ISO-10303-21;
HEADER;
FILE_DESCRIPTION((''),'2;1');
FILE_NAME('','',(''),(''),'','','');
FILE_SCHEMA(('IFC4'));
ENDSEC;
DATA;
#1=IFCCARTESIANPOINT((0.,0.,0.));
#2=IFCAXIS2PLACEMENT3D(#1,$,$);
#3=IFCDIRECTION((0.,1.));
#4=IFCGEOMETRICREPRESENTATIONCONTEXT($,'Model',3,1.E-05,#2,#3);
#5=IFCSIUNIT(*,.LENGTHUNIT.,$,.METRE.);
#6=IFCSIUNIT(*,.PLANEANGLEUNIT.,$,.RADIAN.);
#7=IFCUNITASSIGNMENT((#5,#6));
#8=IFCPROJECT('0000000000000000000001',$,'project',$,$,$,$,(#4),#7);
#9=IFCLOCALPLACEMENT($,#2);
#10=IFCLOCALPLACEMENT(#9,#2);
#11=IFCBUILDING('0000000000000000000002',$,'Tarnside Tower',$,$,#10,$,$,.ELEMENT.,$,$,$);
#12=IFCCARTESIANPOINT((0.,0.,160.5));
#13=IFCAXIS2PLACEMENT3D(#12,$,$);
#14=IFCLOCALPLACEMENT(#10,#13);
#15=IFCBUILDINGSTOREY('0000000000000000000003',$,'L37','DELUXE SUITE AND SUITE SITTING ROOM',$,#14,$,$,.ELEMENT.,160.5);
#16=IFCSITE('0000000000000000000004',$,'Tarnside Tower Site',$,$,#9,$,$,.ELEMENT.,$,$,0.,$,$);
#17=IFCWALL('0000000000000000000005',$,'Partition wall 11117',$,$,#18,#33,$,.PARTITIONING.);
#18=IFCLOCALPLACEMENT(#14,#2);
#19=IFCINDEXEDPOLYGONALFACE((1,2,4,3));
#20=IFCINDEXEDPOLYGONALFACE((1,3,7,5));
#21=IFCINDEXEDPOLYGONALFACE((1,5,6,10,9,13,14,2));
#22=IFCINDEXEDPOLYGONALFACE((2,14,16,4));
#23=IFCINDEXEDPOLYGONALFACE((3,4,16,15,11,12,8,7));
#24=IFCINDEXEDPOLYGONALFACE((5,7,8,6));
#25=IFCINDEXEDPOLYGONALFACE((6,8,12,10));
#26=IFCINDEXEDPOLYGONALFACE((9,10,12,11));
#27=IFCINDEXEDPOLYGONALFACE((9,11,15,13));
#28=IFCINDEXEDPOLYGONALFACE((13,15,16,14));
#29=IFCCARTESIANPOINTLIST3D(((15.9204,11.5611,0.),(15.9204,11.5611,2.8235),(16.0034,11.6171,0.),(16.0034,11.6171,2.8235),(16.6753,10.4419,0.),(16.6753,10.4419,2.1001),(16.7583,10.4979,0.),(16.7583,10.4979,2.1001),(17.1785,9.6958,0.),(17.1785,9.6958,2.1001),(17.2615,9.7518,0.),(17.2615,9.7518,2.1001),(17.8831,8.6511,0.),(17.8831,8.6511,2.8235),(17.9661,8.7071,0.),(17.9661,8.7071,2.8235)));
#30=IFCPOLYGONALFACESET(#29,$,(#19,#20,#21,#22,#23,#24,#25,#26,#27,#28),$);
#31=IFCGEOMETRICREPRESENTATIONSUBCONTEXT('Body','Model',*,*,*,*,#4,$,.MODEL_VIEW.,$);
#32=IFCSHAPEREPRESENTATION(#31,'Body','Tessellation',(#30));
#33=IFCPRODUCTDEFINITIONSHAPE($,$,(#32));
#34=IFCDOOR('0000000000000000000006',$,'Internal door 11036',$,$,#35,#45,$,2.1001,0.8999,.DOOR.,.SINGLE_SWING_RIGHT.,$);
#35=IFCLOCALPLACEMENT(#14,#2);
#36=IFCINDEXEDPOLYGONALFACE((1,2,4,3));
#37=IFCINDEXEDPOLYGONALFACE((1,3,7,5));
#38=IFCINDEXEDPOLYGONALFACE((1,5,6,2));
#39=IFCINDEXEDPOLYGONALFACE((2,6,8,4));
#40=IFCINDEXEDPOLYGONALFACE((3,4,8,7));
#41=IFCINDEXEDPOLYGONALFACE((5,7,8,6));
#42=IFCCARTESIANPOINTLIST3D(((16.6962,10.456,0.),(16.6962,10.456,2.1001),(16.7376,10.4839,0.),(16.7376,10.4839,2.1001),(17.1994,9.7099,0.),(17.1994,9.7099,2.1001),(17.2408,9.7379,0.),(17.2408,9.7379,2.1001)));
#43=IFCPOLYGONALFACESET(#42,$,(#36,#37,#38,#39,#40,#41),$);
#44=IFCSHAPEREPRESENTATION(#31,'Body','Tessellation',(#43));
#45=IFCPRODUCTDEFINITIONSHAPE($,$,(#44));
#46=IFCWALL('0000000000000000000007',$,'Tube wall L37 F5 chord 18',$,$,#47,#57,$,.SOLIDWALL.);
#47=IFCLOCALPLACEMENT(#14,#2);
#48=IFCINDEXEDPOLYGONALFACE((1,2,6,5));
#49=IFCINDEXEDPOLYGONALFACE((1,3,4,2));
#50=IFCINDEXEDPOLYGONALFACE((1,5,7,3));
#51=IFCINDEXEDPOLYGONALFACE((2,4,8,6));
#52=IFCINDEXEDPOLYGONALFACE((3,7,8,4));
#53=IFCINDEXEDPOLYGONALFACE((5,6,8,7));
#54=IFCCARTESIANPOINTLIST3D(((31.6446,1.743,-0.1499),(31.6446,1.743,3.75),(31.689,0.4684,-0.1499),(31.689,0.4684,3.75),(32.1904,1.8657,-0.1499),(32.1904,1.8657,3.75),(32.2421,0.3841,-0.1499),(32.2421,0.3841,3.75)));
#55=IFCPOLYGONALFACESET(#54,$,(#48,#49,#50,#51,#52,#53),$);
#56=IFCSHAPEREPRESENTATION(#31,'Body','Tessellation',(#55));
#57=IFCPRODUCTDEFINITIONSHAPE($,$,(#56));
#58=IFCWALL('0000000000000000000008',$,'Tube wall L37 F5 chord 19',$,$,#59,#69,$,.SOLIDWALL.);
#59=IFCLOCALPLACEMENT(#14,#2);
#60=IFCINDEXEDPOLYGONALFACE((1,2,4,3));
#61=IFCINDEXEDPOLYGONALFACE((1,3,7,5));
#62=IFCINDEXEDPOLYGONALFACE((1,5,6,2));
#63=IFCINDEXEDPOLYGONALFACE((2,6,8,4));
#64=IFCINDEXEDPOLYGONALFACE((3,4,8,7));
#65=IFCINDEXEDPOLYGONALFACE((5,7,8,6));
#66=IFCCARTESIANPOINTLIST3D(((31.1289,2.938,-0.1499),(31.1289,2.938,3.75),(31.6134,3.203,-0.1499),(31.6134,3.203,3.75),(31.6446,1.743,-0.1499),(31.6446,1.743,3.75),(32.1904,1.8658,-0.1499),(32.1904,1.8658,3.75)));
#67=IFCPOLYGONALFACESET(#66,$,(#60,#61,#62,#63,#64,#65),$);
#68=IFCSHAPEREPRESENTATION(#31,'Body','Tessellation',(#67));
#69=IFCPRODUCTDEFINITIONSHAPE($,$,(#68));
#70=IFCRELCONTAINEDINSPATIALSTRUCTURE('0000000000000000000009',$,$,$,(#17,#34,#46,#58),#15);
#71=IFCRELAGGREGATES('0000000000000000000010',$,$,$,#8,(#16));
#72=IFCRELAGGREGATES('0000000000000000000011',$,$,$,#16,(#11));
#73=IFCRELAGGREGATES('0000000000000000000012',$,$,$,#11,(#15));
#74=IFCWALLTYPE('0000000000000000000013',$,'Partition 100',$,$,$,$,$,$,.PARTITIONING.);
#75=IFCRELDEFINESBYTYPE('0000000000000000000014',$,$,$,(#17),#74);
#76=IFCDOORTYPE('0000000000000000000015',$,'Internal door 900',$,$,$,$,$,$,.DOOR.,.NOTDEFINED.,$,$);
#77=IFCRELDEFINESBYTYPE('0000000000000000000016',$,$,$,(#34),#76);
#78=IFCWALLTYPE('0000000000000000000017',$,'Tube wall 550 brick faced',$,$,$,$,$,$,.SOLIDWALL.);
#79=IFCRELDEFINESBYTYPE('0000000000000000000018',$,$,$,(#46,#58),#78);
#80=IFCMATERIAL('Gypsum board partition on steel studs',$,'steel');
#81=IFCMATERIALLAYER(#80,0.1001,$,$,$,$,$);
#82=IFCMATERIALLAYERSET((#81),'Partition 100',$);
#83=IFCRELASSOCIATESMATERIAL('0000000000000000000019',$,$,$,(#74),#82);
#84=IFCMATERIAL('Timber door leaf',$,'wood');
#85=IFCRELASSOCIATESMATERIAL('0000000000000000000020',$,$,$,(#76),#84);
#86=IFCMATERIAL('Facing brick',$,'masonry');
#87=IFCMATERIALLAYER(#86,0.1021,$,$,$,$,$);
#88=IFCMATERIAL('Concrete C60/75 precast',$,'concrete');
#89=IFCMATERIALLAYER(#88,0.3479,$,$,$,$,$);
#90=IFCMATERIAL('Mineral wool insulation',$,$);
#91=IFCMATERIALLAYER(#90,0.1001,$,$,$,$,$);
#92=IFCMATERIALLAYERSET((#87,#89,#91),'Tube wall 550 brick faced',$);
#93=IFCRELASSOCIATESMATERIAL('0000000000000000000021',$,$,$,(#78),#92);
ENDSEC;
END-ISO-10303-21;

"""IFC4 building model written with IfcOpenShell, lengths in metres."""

from ifc_helpers import new_model, si_unit, direction, frame, frame_2d, origin, place, context, subcontext, project, spatial, polyline, rectangle, outline, extrude, material, layer, layer_set, type_object, element, fill, save


model = new_model("IFC4")

# Units and contexts
model_context = context("Model", 3, precision=1e-05, world=origin(), true_north=direction((0.0, 1.0)))
body_context = subcontext(model_context, "Body", "Model", "MODEL_VIEW")
ifc_project = project(units=[si_unit("LENGTHUNIT", "METRE"), si_unit("PLANEANGLEUNIT", "RADIAN")], contexts=[model_context])

# Site, building, storey
site_placement = place(None, origin())
site = spatial("IfcSite", under=ifc_project, at=site_placement, Name="Tarnside Tower Site", CompositionType="ELEMENT", RefElevation=0.0)
building_placement = place(site_placement, origin())
building = spatial("IfcBuilding", under=site, at=building_placement, Name="Tarnside Tower", CompositionType="ELEMENT")
storey_placement = place(building_placement, frame((0.0, 0.0, 160.5)))
storey = spatial("IfcBuildingStorey", under=building, at=storey_placement, Name="L37", Description="DELUXE SUITE AND SUITE SITTING ROOM", CompositionType="ELEMENT", Elevation=160.5)

# Shared definitions
ifc_material_1 = material(Name="Gypsum board partition on steel studs", Category="steel")
ifc_material_2 = material(Name="Timber door leaf", Category="wood")

# Shared definitions
ifc_layer_1 = layer(ifc_material_1, 0.1001)
ifc_layer_set_1 = layer_set([ifc_layer_1], Name="Partition 100")
wall_type_1 = type_object("IfcWallType", Name="Partition 100", PredefinedType="PARTITIONING", material=ifc_layer_set_1)

# Wall, opening, door
door_type_1 = type_object("IfcDoorType", Name="Internal door 900", OperationType="NOTDEFINED", PredefinedType="DOOR", material=ifc_material_2)
wall_1_placement = place(storey_placement, frame((17.9246, 8.6792, 0.0), z_axis=(0.0, 0.0, 1.0), x_axis=(-0.559171, 0.829053, 0.0)))
wall_1 = element("IfcWall", 1, at=wall_1_placement, inside=storey, type_object=wall_type_1, Name="Partition wall 11117", PredefinedType="PARTITIONING", context=body_context, shape_type="SweptSolid", body=[
    extrude(rectangle(XDim=3.51, YDim=0.1001, at=frame_2d((1.7549, 0.0))), origin(), (0.0, 0.0, 1.0), 2.8235),
])
opening_1_placement = place(wall_1_placement, frame((1.26, 0.0, 0.0)))
opening_1 = element("IfcOpeningElement", 2, at=opening_1_placement, cuts=wall_1, PredefinedType="OPENING", context=body_context, shape_type="SweptSolid", body=[
    extrude(rectangle(XDim=0.8999, YDim=2.1001, at=frame_2d((0.45, 1.05))), frame((0.0, 0.0601, 0.0), z_axis=(0.0, -1.0, 0.0), x_axis=(1.0, 0.0, 0.0)), (0.0, 0.0, 1.0), 0.1201),
])
door_1_placement = place(opening_1_placement, origin())
door_1 = element("IfcDoor", 3, at=door_1_placement, inside=storey, type_object=door_type_1, Name="Internal door 11036", OperationType="SINGLE_SWING_RIGHT", OverallHeight=2.1001, OverallWidth=0.8999, PredefinedType="DOOR", context=body_context, shape_type="SweptSolid", body=[
    extrude(rectangle(XDim=0.8999, YDim=2.1001, at=frame_2d((0.45, 1.05))), frame((0.0, 0.0249, 0.0), z_axis=(0.0, -1.0, 0.0), x_axis=(1.0, 0.0, 0.0)), (0.0, 0.0, 1.0), 0.05),
])
fill(opening_1, door_1)

# Walls
ifc_material_3 = material(Name="Facing brick", Category="masonry")
ifc_layer_2 = layer(ifc_material_3, 0.1021)
ifc_material_4 = material(Name="Concrete C60/75 precast", Category="concrete")
ifc_layer_3 = layer(ifc_material_4, 0.3479)
ifc_material_5 = material(Name="Mineral wool insulation")
ifc_layer_4 = layer(ifc_material_5, 0.1001)
ifc_layer_set_2 = layer_set([ifc_layer_2, ifc_layer_3, ifc_layer_4], Name="Tube wall 550 brick faced")
wall_type_2 = type_object("IfcWallType", Name="Tube wall 550 brick faced", PredefinedType="SOLIDWALL", material=ifc_layer_set_2)
wall_2_placement = place(storey_placement, frame((31.9656, 0.4263, -0.1499), z_axis=(0.0, 0.0, 1.0), x_axis=(-0.034877, 0.999392, 0.0)))
element("IfcWall", 4, at=wall_2_placement, inside=storey, type_object=wall_type_2, Name="Tube wall L37 F5 chord 18", PredefinedType="SOLIDWALL", context=body_context, shape_type="SweptSolid", body=[
    extrude(outline(polyline([(-0.0518, -0.2749), (1.4307, -0.2749), (1.3271, 0.2749), (0.0518, 0.2749), (-0.0518, -0.2749)])), origin(), (0.0, 0.0, 1.0), 3.8999),
])
wall_3_placement = place(storey_placement, frame((31.9175, 1.8044, -0.1499), z_axis=(0.0, 0.0, 1.0), x_axis=(-0.396226, 0.918153, 0.0)))
element("IfcWall", 5, at=wall_3_placement, inside=storey, type_object=wall_type_2, Name="Tube wall L37 F5 chord 19", PredefinedType="SOLIDWALL", context=body_context, shape_type="SweptSolid", body=[
    extrude(outline(polyline([(-0.0518, -0.2749), (1.4045, -0.2749), (1.3533, 0.2749), (0.0518, 0.2749), (-0.0518, -0.2749)])), origin(), (0.0, 0.0, 1.0), 3.8999),
])

save(model, "model.ifc")
